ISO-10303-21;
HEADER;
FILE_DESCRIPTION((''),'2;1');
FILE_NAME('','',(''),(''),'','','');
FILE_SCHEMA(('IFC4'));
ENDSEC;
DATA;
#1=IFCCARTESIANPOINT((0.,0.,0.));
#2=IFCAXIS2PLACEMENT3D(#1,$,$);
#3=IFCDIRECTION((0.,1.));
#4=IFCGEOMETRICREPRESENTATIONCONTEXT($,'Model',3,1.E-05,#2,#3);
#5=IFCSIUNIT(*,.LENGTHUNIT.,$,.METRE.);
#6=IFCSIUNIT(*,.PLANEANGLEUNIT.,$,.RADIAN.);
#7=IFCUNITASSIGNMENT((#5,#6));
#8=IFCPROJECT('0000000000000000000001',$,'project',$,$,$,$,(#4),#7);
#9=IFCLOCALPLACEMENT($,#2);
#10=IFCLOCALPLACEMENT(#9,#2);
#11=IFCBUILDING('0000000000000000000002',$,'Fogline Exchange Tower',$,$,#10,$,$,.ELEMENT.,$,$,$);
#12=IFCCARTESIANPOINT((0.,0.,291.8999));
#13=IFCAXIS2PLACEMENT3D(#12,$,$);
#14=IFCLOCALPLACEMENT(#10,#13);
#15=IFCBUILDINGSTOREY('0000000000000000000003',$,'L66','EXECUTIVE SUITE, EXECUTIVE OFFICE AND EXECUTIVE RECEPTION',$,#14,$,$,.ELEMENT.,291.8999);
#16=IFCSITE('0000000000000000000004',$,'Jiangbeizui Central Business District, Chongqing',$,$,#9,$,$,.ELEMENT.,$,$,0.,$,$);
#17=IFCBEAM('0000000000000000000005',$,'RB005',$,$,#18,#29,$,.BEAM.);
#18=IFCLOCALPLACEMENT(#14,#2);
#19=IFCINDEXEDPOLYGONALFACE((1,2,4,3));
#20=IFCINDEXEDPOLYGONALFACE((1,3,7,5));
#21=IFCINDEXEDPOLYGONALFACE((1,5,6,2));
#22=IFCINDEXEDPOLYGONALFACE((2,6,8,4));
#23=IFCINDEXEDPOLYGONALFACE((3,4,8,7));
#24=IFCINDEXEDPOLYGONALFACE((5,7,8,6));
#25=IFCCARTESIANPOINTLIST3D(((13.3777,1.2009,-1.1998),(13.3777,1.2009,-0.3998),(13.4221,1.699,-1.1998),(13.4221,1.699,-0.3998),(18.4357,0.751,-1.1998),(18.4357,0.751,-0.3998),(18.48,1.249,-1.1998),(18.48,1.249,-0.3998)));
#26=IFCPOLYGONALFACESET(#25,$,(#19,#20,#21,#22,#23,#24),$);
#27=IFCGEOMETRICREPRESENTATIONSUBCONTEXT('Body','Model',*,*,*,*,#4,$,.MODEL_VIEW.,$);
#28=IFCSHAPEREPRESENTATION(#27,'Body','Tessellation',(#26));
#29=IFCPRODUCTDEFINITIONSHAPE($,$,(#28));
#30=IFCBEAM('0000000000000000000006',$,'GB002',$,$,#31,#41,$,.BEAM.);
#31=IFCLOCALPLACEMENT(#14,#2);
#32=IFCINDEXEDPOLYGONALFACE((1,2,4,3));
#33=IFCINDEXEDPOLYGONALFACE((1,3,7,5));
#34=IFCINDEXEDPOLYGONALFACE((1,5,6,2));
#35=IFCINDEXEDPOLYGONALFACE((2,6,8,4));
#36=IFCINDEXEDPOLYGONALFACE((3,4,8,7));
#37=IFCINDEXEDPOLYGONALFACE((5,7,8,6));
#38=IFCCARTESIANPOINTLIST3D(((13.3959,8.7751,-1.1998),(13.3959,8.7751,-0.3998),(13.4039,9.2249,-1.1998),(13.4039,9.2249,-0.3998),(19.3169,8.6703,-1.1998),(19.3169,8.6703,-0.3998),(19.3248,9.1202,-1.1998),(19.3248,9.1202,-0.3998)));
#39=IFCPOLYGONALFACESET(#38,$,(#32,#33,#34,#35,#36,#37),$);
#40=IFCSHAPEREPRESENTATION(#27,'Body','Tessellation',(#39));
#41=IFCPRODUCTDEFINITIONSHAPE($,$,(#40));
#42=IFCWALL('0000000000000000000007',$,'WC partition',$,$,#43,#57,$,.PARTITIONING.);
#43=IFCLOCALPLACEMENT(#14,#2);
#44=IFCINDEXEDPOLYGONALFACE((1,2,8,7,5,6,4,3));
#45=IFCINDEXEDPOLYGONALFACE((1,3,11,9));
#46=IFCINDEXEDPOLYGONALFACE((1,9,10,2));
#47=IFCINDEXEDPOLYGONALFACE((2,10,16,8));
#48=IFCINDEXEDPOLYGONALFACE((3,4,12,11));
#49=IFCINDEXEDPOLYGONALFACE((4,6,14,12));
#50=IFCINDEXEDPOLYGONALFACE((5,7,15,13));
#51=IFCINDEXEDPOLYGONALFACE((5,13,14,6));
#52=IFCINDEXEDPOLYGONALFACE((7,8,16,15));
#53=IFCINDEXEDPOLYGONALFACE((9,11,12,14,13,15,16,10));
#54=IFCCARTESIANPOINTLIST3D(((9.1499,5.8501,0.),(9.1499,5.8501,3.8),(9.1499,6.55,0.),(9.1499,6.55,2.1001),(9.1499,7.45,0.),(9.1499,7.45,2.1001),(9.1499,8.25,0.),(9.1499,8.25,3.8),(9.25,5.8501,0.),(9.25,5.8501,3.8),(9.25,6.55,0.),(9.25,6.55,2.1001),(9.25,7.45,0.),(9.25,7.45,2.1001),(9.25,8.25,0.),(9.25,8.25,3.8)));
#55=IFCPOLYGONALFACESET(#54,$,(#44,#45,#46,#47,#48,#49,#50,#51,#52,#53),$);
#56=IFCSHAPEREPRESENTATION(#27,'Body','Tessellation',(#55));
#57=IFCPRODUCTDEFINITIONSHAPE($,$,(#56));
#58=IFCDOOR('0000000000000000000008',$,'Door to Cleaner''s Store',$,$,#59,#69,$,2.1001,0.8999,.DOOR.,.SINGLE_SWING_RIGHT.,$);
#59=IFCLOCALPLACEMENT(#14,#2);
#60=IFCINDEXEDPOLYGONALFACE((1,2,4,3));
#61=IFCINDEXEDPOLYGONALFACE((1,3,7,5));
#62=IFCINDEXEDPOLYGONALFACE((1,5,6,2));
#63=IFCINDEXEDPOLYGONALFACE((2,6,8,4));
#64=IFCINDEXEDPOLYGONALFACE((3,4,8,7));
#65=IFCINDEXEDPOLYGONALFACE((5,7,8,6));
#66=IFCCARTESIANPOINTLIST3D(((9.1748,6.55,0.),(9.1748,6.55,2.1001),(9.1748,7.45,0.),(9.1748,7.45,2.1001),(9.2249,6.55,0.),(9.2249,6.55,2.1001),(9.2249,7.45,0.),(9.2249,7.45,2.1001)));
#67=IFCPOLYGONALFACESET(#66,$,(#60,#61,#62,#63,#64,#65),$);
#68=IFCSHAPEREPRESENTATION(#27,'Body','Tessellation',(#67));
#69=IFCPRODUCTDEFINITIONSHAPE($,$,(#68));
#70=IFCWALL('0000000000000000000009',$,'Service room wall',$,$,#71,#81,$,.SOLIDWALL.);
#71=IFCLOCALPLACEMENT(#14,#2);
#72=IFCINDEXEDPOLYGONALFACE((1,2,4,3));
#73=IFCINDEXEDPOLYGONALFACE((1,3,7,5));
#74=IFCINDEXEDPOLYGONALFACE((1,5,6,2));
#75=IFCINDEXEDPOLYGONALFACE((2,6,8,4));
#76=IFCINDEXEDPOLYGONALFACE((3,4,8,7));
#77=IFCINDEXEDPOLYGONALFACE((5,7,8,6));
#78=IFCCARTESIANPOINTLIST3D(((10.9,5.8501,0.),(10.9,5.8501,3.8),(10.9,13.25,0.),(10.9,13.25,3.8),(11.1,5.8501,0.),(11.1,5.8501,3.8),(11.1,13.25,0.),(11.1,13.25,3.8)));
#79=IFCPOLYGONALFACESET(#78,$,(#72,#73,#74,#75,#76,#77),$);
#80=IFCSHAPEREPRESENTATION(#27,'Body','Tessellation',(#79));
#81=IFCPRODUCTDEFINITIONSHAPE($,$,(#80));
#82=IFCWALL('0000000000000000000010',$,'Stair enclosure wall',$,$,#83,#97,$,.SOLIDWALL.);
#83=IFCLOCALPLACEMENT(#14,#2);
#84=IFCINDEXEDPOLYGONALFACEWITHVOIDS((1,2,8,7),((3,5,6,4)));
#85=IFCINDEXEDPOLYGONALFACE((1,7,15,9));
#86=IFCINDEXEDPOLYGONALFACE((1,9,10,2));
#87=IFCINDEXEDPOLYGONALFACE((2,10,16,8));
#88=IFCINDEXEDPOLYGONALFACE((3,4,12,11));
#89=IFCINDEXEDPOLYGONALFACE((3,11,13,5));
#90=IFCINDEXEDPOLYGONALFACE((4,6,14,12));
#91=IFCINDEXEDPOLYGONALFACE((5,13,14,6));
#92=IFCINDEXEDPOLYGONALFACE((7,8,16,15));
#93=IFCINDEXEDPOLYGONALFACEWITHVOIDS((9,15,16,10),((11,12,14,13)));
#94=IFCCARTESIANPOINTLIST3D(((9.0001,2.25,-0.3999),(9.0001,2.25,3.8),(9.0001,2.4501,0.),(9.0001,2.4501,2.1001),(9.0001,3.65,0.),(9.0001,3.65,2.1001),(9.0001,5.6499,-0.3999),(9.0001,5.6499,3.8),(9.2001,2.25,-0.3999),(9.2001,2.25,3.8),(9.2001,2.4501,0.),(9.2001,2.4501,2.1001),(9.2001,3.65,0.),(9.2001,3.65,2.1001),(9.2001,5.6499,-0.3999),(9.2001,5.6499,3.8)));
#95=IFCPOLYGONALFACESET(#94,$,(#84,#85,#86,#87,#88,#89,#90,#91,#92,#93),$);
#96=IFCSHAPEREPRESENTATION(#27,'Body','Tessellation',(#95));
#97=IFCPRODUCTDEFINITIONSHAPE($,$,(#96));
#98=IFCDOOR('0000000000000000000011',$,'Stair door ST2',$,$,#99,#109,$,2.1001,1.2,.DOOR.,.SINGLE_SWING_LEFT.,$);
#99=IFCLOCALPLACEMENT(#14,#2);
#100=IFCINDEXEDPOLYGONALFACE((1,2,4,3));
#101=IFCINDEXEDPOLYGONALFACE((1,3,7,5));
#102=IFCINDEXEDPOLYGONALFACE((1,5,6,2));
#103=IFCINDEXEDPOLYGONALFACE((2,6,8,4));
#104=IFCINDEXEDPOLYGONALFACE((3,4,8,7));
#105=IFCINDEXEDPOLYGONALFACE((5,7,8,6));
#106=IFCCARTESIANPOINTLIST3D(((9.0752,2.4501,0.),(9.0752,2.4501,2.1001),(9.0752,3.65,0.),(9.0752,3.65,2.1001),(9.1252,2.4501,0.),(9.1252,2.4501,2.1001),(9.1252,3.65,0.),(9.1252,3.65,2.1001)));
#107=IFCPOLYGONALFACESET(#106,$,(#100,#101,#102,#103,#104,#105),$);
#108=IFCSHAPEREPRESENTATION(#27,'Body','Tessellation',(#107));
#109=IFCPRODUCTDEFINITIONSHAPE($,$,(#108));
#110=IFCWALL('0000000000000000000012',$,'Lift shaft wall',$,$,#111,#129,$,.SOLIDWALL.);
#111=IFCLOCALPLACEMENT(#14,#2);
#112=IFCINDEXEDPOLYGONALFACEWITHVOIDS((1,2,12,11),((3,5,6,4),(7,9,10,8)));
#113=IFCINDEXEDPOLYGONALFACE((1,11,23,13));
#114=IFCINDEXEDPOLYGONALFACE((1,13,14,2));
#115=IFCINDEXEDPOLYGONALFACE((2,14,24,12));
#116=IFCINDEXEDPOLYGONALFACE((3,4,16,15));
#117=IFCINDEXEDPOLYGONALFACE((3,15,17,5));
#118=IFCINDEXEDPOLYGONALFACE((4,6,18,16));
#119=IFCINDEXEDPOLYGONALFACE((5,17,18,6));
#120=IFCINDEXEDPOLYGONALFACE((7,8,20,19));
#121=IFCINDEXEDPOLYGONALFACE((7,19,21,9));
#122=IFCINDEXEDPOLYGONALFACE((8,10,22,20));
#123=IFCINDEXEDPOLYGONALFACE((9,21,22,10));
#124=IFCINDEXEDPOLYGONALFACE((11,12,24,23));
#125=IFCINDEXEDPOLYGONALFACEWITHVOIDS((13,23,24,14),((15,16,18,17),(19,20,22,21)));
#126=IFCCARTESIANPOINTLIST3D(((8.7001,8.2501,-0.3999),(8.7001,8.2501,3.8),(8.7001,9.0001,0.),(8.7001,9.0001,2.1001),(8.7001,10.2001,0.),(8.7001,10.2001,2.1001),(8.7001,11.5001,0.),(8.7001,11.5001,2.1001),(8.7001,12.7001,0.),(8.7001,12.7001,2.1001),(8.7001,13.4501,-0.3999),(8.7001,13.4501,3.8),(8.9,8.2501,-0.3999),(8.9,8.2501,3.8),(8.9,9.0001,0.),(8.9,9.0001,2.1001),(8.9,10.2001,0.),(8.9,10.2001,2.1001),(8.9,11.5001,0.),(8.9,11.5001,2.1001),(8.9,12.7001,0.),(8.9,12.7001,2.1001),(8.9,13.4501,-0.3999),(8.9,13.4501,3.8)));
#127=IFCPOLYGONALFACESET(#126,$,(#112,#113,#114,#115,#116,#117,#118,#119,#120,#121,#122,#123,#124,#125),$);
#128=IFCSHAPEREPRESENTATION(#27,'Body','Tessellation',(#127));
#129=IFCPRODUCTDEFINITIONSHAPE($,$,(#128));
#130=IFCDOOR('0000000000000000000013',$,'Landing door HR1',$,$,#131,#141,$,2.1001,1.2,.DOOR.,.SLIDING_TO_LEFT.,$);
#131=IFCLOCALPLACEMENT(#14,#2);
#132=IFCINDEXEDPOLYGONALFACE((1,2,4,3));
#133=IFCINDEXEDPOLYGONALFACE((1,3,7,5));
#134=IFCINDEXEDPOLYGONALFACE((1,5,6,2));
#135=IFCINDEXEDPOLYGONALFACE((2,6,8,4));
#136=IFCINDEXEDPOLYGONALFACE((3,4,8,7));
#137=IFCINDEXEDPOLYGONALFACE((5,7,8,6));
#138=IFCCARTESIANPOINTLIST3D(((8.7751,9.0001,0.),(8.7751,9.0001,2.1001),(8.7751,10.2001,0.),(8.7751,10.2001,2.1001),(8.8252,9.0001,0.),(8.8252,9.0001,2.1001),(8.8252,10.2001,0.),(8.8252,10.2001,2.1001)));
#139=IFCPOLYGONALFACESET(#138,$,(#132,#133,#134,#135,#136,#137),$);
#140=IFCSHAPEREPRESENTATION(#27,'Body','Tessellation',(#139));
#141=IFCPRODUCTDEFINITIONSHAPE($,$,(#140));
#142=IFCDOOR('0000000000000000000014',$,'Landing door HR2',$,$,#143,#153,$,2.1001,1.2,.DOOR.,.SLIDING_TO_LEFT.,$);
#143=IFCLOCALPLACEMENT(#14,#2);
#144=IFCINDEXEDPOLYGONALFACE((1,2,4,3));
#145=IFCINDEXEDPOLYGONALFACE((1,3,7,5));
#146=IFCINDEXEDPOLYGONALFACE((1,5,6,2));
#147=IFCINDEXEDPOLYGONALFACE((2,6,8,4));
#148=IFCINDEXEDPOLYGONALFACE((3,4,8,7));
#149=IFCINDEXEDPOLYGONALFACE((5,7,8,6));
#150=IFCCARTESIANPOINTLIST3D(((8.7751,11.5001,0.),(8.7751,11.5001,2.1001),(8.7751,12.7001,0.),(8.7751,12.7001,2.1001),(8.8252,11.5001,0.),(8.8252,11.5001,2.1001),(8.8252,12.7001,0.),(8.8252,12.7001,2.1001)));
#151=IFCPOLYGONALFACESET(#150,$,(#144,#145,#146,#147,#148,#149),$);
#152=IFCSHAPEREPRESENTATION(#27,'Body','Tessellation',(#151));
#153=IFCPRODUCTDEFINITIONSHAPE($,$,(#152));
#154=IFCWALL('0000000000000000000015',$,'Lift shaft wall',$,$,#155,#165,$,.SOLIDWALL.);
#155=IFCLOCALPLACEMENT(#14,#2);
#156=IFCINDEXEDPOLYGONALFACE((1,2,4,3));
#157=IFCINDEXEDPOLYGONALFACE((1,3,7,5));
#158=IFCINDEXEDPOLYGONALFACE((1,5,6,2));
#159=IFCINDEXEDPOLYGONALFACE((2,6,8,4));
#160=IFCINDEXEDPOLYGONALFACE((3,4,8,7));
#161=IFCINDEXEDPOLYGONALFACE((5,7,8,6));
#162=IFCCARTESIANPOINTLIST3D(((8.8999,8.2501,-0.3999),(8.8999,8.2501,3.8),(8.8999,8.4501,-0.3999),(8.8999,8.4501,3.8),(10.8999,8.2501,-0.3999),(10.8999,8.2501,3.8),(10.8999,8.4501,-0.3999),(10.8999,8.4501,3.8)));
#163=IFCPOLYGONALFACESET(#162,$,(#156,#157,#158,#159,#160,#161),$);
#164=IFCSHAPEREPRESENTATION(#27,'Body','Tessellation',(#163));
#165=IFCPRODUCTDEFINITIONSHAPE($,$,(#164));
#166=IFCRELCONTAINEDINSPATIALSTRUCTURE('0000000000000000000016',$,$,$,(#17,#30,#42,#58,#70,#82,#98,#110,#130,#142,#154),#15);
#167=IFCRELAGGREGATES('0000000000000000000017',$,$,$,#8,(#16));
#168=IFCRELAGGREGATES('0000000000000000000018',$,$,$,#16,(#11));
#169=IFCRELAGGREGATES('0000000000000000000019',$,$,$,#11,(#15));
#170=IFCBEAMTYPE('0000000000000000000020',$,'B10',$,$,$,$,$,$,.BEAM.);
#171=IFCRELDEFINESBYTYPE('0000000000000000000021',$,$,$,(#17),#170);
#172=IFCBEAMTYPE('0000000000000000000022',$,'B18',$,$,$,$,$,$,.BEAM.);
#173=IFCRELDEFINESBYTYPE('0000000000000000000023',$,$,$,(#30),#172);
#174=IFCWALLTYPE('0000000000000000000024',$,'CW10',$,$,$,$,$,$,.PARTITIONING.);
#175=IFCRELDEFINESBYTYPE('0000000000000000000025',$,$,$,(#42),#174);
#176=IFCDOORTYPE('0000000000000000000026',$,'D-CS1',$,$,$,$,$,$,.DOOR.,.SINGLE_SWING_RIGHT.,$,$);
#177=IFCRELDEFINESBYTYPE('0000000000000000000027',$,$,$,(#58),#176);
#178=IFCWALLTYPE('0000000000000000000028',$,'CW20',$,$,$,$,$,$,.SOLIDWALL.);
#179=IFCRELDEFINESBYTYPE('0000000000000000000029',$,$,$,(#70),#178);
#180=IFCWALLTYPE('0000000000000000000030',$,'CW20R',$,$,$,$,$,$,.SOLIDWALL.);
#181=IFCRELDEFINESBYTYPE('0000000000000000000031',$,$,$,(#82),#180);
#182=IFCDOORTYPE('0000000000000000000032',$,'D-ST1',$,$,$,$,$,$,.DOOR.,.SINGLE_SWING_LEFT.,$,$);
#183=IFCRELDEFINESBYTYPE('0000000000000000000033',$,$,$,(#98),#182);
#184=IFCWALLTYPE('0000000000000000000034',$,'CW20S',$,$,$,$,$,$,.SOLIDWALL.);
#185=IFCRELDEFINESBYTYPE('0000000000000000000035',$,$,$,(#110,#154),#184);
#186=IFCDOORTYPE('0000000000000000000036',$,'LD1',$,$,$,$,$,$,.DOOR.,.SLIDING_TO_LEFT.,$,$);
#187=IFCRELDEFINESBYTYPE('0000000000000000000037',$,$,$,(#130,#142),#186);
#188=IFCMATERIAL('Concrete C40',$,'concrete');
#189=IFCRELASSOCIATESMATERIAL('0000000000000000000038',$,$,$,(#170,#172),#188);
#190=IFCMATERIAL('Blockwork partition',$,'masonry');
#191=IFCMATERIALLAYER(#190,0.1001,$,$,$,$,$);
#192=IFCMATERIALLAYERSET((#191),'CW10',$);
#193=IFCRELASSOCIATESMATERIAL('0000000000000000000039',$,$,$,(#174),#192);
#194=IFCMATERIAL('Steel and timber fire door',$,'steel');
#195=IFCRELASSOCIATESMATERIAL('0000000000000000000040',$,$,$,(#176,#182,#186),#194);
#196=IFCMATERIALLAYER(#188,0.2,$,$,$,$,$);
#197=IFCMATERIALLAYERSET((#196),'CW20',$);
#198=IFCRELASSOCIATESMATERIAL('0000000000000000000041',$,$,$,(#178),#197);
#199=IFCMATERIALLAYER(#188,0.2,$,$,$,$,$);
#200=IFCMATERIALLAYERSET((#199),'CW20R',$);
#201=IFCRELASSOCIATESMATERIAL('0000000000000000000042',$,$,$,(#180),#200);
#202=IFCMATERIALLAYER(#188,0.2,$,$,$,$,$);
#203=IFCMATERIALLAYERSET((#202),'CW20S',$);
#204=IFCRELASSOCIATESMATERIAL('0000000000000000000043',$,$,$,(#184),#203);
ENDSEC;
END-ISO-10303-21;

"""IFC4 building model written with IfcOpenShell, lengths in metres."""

from ifc_helpers import new_model, si_unit, direction, frame, frame_2d, origin, origin_2d, place, context, subcontext, project, spatial, rectangle, extrude, material, layer, layer_set, material_profile, profile_set, type_object, element, fill, save


model = new_model("IFC4")

# Units and contexts
model_context = context("Model", 3, precision=1e-05, world=origin(), true_north=direction((0.0, 1.0)))
body_context = subcontext(model_context, "Body", "Model", "MODEL_VIEW")
ifc_project = project(units=[si_unit("LENGTHUNIT", "METRE"), si_unit("PLANEANGLEUNIT", "RADIAN")], contexts=[model_context])

# Site, building, storey
site_placement = place(None, origin())
site = spatial("IfcSite", under=ifc_project, at=site_placement, Name="Jiangbeizui Central Business District, Chongqing", CompositionType="ELEMENT", RefElevation=0.0)
building_placement = place(site_placement, origin())
building = spatial("IfcBuilding", under=site, at=building_placement, Name="Fogline Exchange Tower", CompositionType="ELEMENT")
storey_placement = place(building_placement, frame((0.0, 0.0, 291.8999)))
storey = spatial("IfcBuildingStorey", under=building, at=storey_placement, Name="L66", Description="EXECUTIVE SUITE, EXECUTIVE OFFICE AND EXECUTIVE RECEPTION", CompositionType="ELEMENT", Elevation=291.8999)

# Beams
ifc_material_1 = material(Name="Concrete C40", Category="concrete")
ifc_material_profile_1 = material_profile(ifc_material_1, rectangle(XDim=0.5, YDim=0.8, at=origin_2d()), Name="RC 500x800")
ifc_profile_set_1 = profile_set([ifc_material_profile_1], Name="Concrete C40")
beam_type_1 = type_object("IfcBeamType", Name="B10", PredefinedType="BEAM", material=ifc_profile_set_1)
beam_1_placement = place(storey_placement, frame((13.3999, 1.45, -0.7998), z_axis=(0.996066, -0.088611, 0.0), x_axis=(0.088611, 0.996066, 0.0)))
element("IfcBeam", 1, at=beam_1_placement, inside=storey, type_object=beam_type_1, Name="RB005", PredefinedType="BEAM", context=body_context, shape_type="SweptSolid", body=[
    extrude(rectangle(XDim=0.5, YDim=0.8, at=origin_2d()), origin(), (0.0, 0.0, 1.0), 5.0779),
])
ifc_material_profile_2 = material_profile(ifc_material_1, rectangle(XDim=0.45, YDim=0.8, at=origin_2d()), Name="RC 450x800")
ifc_profile_set_2 = profile_set([ifc_material_profile_2], Name="Concrete C40")
beam_type_2 = type_object("IfcBeamType", Name="B18", PredefinedType="BEAM", material=ifc_profile_set_2)
beam_2_placement = place(storey_placement, frame((13.3999, 9.0, -0.7998), z_axis=(0.999844, -0.017686, 0.0), x_axis=(0.017686, 0.999844, 0.0)))
element("IfcBeam", 2, at=beam_2_placement, inside=storey, type_object=beam_type_2, Name="GB002", PredefinedType="BEAM", context=body_context, shape_type="SweptSolid", body=[
    extrude(rectangle(XDim=0.45, YDim=0.8, at=origin_2d()), origin(), (0.0, 0.0, 1.0), 5.9219),
])

# Wall, opening, door
ifc_material_2 = material(Name="Blockwork partition", Category="masonry")
ifc_layer_1 = layer(ifc_material_2, 0.1001)
ifc_layer_set_1 = layer_set([ifc_layer_1], Name="CW10")
wall_type_1 = type_object("IfcWallType", Name="CW10", PredefinedType="PARTITIONING", material=ifc_layer_set_1)
wall_1_placement = place(storey_placement, frame((9.2, 5.8501, 0.0), z_axis=(0.0, 0.0, 1.0), x_axis=(0.0, 1.0, 0.0)))
wall_1 = element("IfcWall", 3, at=wall_1_placement, inside=storey, type_object=wall_type_1, Name="WC partition", PredefinedType="PARTITIONING", context=body_context, shape_type="SweptSolid", body=[
    extrude(rectangle(XDim=2.3999, YDim=0.1001, at=frame_2d((1.2, 0.0))), origin(), (0.0, 0.0, 1.0), 3.8),
])
opening_1_placement = place(wall_1_placement, frame((0.7, 0.0, 0.0)))
opening_1 = element("IfcOpeningElement", 4, at=opening_1_placement, cuts=wall_1, PredefinedType="OPENING", context=body_context, shape_type="SweptSolid", body=[
    extrude(rectangle(XDim=0.8999, YDim=2.1001, at=frame_2d((0.45, 1.05))), frame((0.0, 0.0601, 0.0), z_axis=(0.0, -1.0, 0.0), x_axis=(1.0, 0.0, 0.0)), (0.0, 0.0, 1.0), 0.1201),
])
ifc_material_3 = material(Name="Steel and timber fire door", Category="steel")
door_type_1 = type_object("IfcDoorType", Name="D-CS1", OperationType="SINGLE_SWING_RIGHT", PredefinedType="DOOR", material=ifc_material_3)
door_1_placement = place(opening_1_placement, frame((0.8999, 0.0, 0.0), z_axis=(0.0, 0.0, 1.0), x_axis=(-1.0, 0.0, 0.0)))
door_1 = element("IfcDoor", 5, at=door_1_placement, inside=storey, type_object=door_type_1, Name="Door to Cleaner's Store", OperationType="SINGLE_SWING_RIGHT", OverallHeight=2.1001, OverallWidth=0.8999, PredefinedType="DOOR", context=body_context, shape_type="SweptSolid", body=[
    extrude(rectangle(XDim=0.8999, YDim=2.1001, at=frame_2d((0.45, 1.05))), frame((0.0, 0.0249, 0.0), z_axis=(0.0, -1.0, 0.0), x_axis=(1.0, 0.0, 0.0)), (0.0, 0.0, 1.0), 0.05),
])
fill(opening_1, door_1)

# Wall
ifc_layer_2 = layer(ifc_material_1, 0.2)
ifc_layer_set_2 = layer_set([ifc_layer_2], Name="CW20")
wall_type_2 = type_object("IfcWallType", Name="CW20", PredefinedType="SOLIDWALL", material=ifc_layer_set_2)
wall_2_placement = place(storey_placement, frame((11.0, 5.8501, 0.0), z_axis=(0.0, 0.0, 1.0), x_axis=(0.0, 1.0, 0.0)))
element("IfcWall", 6, at=wall_2_placement, inside=storey, type_object=wall_type_2, Name="Service room wall", PredefinedType="SOLIDWALL", context=body_context, shape_type="SweptSolid", body=[
    extrude(rectangle(XDim=7.3999, YDim=0.2, at=frame_2d((3.7, 0.0))), origin(), (0.0, 0.0, 1.0), 3.8),
])

# Wall, opening, door
ifc_layer_3 = layer(ifc_material_1, 0.2)
ifc_layer_set_3 = layer_set([ifc_layer_3], Name="CW20R")
wall_type_3 = type_object("IfcWallType", Name="CW20R", PredefinedType="SOLIDWALL", material=ifc_layer_set_3)
wall_3_placement = place(storey_placement, frame((9.1001, 2.25, -0.3999), z_axis=(0.0, 0.0, 1.0), x_axis=(0.0, 1.0, 0.0)))
wall_3 = element("IfcWall", 7, at=wall_3_placement, inside=storey, type_object=wall_type_3, Name="Stair enclosure wall", PredefinedType="SOLIDWALL", context=body_context, shape_type="SweptSolid", body=[
    extrude(rectangle(XDim=3.3999, YDim=0.2, at=frame_2d((1.7, 0.0))), origin(), (0.0, 0.0, 1.0), 4.2),
])
opening_2_placement = place(wall_3_placement, frame((0.2, 0.0, 0.3999)))
opening_2 = element("IfcOpeningElement", 8, at=opening_2_placement, cuts=wall_3, PredefinedType="OPENING", context=body_context, shape_type="SweptSolid", body=[
    extrude(rectangle(XDim=1.2, YDim=2.1001, at=frame_2d((0.6001, 1.05))), frame((0.0, 0.1099, 0.0), z_axis=(0.0, -1.0, 0.0), x_axis=(1.0, 0.0, 0.0)), (0.0, 0.0, 1.0), 0.22),
])
door_type_2 = type_object("IfcDoorType", Name="D-ST1", OperationType="SINGLE_SWING_LEFT", PredefinedType="DOOR", material=ifc_material_3)
door_2_placement = place(opening_2_placement, origin())
door_2 = element("IfcDoor", 9, at=door_2_placement, inside=storey, type_object=door_type_2, Name="Stair door ST2", OperationType="SINGLE_SWING_LEFT", OverallHeight=2.1001, OverallWidth=1.2, PredefinedType="DOOR", context=body_context, shape_type="SweptSolid", body=[
    extrude(rectangle(XDim=1.2, YDim=2.1001, at=frame_2d((0.6001, 1.05))), frame((0.0, 0.0249, 0.0), z_axis=(0.0, -1.0, 0.0), x_axis=(1.0, 0.0, 0.0)), (0.0, 0.0, 1.0), 0.05),
])
fill(opening_2, door_2)

# Wall, openings, doors
ifc_layer_4 = layer(ifc_material_1, 0.2)
ifc_layer_set_4 = layer_set([ifc_layer_4], Name="CW20S")
wall_type_4 = type_object("IfcWallType", Name="CW20S", PredefinedType="SOLIDWALL", material=ifc_layer_set_4)
wall_4_placement = place(storey_placement, frame((8.8, 8.25, -0.3999), z_axis=(0.0, 0.0, 1.0), x_axis=(0.0, 1.0, 0.0)))
wall_4 = element("IfcWall", 10, at=wall_4_placement, inside=storey, type_object=wall_type_4, Name="Lift shaft wall", PredefinedType="SOLIDWALL", context=body_context, shape_type="SweptSolid", body=[
    extrude(rectangle(XDim=5.2, YDim=0.2, at=frame_2d((2.6001, 0.0))), origin(), (0.0, 0.0, 1.0), 4.2),
])
opening_3_placement = place(wall_4_placement, frame((0.75, 0.0, 0.3999)))
opening_3 = element("IfcOpeningElement", 11, at=opening_3_placement, cuts=wall_4, PredefinedType="OPENING", context=body_context, shape_type="SweptSolid", body=[
    extrude(rectangle(XDim=1.2, YDim=2.1001, at=frame_2d((0.6001, 1.05))), frame((0.0, 0.1099, 0.0), z_axis=(0.0, -1.0, 0.0), x_axis=(1.0, 0.0, 0.0)), (0.0, 0.0, 1.0), 0.22),
])
opening_4_placement = place(wall_4_placement, frame((3.25, 0.0, 0.3999)))
opening_4 = element("IfcOpeningElement", 12, at=opening_4_placement, cuts=wall_4, PredefinedType="OPENING", context=body_context, shape_type="SweptSolid", body=[
    extrude(rectangle(XDim=1.2, YDim=2.1001, at=frame_2d((0.6001, 1.05))), frame((0.0, 0.1099, 0.0), z_axis=(0.0, -1.0, 0.0), x_axis=(1.0, 0.0, 0.0)), (0.0, 0.0, 1.0), 0.22),
])
door_type_3 = type_object("IfcDoorType", Name="LD1", OperationType="SLIDING_TO_LEFT", PredefinedType="DOOR", material=ifc_material_3)
door_3_placement = place(opening_3_placement, origin())
door_3 = element("IfcDoor", 13, at=door_3_placement, inside=storey, type_object=door_type_3, Name="Landing door HR1", OperationType="SLIDING_TO_LEFT", OverallHeight=2.1001, OverallWidth=1.2, PredefinedType="DOOR", context=body_context, shape_type="SweptSolid", body=[
    extrude(rectangle(XDim=1.2, YDim=2.1001, at=frame_2d((0.6001, 1.05))), frame((0.0, 0.0249, 0.0), z_axis=(0.0, -1.0, 0.0), x_axis=(1.0, 0.0, 0.0)), (0.0, 0.0, 1.0), 0.05),
])
fill(opening_3, door_3)
door_4_placement = place(opening_4_placement, origin())
door_4 = element("IfcDoor", 14, at=door_4_placement, inside=storey, type_object=door_type_3, Name="Landing door HR2", OperationType="SLIDING_TO_LEFT", OverallHeight=2.1001, OverallWidth=1.2, PredefinedType="DOOR", context=body_context, shape_type="SweptSolid", body=[
    extrude(rectangle(XDim=1.2, YDim=2.1001, at=frame_2d((0.6001, 1.05))), frame((0.0, 0.0249, 0.0), z_axis=(0.0, -1.0, 0.0), x_axis=(1.0, 0.0, 0.0)), (0.0, 0.0, 1.0), 0.05),
])
fill(opening_4, door_4)

# Wall
for number, where, z_axis, x_axis, name in (
    (15, (8.8999, 8.3501, -0.3999), (0.0, 0.0, 1.0), (1.0, 0.0, 0.0), "Lift shaft wall"),
):
    element("IfcWall", number, at=place(storey_placement, frame(where, z_axis=z_axis, x_axis=x_axis)), inside=storey, type_object=wall_type_4, Name=name, PredefinedType="SOLIDWALL", context=body_context, shape_type="SweptSolid", body=[
        extrude(rectangle(XDim=2.0, YDim=0.2, at=frame_2d((1.0, 0.0))), origin(), (0.0, 0.0, 1.0), 4.2),
    ])

save(model, "model.ifc")
